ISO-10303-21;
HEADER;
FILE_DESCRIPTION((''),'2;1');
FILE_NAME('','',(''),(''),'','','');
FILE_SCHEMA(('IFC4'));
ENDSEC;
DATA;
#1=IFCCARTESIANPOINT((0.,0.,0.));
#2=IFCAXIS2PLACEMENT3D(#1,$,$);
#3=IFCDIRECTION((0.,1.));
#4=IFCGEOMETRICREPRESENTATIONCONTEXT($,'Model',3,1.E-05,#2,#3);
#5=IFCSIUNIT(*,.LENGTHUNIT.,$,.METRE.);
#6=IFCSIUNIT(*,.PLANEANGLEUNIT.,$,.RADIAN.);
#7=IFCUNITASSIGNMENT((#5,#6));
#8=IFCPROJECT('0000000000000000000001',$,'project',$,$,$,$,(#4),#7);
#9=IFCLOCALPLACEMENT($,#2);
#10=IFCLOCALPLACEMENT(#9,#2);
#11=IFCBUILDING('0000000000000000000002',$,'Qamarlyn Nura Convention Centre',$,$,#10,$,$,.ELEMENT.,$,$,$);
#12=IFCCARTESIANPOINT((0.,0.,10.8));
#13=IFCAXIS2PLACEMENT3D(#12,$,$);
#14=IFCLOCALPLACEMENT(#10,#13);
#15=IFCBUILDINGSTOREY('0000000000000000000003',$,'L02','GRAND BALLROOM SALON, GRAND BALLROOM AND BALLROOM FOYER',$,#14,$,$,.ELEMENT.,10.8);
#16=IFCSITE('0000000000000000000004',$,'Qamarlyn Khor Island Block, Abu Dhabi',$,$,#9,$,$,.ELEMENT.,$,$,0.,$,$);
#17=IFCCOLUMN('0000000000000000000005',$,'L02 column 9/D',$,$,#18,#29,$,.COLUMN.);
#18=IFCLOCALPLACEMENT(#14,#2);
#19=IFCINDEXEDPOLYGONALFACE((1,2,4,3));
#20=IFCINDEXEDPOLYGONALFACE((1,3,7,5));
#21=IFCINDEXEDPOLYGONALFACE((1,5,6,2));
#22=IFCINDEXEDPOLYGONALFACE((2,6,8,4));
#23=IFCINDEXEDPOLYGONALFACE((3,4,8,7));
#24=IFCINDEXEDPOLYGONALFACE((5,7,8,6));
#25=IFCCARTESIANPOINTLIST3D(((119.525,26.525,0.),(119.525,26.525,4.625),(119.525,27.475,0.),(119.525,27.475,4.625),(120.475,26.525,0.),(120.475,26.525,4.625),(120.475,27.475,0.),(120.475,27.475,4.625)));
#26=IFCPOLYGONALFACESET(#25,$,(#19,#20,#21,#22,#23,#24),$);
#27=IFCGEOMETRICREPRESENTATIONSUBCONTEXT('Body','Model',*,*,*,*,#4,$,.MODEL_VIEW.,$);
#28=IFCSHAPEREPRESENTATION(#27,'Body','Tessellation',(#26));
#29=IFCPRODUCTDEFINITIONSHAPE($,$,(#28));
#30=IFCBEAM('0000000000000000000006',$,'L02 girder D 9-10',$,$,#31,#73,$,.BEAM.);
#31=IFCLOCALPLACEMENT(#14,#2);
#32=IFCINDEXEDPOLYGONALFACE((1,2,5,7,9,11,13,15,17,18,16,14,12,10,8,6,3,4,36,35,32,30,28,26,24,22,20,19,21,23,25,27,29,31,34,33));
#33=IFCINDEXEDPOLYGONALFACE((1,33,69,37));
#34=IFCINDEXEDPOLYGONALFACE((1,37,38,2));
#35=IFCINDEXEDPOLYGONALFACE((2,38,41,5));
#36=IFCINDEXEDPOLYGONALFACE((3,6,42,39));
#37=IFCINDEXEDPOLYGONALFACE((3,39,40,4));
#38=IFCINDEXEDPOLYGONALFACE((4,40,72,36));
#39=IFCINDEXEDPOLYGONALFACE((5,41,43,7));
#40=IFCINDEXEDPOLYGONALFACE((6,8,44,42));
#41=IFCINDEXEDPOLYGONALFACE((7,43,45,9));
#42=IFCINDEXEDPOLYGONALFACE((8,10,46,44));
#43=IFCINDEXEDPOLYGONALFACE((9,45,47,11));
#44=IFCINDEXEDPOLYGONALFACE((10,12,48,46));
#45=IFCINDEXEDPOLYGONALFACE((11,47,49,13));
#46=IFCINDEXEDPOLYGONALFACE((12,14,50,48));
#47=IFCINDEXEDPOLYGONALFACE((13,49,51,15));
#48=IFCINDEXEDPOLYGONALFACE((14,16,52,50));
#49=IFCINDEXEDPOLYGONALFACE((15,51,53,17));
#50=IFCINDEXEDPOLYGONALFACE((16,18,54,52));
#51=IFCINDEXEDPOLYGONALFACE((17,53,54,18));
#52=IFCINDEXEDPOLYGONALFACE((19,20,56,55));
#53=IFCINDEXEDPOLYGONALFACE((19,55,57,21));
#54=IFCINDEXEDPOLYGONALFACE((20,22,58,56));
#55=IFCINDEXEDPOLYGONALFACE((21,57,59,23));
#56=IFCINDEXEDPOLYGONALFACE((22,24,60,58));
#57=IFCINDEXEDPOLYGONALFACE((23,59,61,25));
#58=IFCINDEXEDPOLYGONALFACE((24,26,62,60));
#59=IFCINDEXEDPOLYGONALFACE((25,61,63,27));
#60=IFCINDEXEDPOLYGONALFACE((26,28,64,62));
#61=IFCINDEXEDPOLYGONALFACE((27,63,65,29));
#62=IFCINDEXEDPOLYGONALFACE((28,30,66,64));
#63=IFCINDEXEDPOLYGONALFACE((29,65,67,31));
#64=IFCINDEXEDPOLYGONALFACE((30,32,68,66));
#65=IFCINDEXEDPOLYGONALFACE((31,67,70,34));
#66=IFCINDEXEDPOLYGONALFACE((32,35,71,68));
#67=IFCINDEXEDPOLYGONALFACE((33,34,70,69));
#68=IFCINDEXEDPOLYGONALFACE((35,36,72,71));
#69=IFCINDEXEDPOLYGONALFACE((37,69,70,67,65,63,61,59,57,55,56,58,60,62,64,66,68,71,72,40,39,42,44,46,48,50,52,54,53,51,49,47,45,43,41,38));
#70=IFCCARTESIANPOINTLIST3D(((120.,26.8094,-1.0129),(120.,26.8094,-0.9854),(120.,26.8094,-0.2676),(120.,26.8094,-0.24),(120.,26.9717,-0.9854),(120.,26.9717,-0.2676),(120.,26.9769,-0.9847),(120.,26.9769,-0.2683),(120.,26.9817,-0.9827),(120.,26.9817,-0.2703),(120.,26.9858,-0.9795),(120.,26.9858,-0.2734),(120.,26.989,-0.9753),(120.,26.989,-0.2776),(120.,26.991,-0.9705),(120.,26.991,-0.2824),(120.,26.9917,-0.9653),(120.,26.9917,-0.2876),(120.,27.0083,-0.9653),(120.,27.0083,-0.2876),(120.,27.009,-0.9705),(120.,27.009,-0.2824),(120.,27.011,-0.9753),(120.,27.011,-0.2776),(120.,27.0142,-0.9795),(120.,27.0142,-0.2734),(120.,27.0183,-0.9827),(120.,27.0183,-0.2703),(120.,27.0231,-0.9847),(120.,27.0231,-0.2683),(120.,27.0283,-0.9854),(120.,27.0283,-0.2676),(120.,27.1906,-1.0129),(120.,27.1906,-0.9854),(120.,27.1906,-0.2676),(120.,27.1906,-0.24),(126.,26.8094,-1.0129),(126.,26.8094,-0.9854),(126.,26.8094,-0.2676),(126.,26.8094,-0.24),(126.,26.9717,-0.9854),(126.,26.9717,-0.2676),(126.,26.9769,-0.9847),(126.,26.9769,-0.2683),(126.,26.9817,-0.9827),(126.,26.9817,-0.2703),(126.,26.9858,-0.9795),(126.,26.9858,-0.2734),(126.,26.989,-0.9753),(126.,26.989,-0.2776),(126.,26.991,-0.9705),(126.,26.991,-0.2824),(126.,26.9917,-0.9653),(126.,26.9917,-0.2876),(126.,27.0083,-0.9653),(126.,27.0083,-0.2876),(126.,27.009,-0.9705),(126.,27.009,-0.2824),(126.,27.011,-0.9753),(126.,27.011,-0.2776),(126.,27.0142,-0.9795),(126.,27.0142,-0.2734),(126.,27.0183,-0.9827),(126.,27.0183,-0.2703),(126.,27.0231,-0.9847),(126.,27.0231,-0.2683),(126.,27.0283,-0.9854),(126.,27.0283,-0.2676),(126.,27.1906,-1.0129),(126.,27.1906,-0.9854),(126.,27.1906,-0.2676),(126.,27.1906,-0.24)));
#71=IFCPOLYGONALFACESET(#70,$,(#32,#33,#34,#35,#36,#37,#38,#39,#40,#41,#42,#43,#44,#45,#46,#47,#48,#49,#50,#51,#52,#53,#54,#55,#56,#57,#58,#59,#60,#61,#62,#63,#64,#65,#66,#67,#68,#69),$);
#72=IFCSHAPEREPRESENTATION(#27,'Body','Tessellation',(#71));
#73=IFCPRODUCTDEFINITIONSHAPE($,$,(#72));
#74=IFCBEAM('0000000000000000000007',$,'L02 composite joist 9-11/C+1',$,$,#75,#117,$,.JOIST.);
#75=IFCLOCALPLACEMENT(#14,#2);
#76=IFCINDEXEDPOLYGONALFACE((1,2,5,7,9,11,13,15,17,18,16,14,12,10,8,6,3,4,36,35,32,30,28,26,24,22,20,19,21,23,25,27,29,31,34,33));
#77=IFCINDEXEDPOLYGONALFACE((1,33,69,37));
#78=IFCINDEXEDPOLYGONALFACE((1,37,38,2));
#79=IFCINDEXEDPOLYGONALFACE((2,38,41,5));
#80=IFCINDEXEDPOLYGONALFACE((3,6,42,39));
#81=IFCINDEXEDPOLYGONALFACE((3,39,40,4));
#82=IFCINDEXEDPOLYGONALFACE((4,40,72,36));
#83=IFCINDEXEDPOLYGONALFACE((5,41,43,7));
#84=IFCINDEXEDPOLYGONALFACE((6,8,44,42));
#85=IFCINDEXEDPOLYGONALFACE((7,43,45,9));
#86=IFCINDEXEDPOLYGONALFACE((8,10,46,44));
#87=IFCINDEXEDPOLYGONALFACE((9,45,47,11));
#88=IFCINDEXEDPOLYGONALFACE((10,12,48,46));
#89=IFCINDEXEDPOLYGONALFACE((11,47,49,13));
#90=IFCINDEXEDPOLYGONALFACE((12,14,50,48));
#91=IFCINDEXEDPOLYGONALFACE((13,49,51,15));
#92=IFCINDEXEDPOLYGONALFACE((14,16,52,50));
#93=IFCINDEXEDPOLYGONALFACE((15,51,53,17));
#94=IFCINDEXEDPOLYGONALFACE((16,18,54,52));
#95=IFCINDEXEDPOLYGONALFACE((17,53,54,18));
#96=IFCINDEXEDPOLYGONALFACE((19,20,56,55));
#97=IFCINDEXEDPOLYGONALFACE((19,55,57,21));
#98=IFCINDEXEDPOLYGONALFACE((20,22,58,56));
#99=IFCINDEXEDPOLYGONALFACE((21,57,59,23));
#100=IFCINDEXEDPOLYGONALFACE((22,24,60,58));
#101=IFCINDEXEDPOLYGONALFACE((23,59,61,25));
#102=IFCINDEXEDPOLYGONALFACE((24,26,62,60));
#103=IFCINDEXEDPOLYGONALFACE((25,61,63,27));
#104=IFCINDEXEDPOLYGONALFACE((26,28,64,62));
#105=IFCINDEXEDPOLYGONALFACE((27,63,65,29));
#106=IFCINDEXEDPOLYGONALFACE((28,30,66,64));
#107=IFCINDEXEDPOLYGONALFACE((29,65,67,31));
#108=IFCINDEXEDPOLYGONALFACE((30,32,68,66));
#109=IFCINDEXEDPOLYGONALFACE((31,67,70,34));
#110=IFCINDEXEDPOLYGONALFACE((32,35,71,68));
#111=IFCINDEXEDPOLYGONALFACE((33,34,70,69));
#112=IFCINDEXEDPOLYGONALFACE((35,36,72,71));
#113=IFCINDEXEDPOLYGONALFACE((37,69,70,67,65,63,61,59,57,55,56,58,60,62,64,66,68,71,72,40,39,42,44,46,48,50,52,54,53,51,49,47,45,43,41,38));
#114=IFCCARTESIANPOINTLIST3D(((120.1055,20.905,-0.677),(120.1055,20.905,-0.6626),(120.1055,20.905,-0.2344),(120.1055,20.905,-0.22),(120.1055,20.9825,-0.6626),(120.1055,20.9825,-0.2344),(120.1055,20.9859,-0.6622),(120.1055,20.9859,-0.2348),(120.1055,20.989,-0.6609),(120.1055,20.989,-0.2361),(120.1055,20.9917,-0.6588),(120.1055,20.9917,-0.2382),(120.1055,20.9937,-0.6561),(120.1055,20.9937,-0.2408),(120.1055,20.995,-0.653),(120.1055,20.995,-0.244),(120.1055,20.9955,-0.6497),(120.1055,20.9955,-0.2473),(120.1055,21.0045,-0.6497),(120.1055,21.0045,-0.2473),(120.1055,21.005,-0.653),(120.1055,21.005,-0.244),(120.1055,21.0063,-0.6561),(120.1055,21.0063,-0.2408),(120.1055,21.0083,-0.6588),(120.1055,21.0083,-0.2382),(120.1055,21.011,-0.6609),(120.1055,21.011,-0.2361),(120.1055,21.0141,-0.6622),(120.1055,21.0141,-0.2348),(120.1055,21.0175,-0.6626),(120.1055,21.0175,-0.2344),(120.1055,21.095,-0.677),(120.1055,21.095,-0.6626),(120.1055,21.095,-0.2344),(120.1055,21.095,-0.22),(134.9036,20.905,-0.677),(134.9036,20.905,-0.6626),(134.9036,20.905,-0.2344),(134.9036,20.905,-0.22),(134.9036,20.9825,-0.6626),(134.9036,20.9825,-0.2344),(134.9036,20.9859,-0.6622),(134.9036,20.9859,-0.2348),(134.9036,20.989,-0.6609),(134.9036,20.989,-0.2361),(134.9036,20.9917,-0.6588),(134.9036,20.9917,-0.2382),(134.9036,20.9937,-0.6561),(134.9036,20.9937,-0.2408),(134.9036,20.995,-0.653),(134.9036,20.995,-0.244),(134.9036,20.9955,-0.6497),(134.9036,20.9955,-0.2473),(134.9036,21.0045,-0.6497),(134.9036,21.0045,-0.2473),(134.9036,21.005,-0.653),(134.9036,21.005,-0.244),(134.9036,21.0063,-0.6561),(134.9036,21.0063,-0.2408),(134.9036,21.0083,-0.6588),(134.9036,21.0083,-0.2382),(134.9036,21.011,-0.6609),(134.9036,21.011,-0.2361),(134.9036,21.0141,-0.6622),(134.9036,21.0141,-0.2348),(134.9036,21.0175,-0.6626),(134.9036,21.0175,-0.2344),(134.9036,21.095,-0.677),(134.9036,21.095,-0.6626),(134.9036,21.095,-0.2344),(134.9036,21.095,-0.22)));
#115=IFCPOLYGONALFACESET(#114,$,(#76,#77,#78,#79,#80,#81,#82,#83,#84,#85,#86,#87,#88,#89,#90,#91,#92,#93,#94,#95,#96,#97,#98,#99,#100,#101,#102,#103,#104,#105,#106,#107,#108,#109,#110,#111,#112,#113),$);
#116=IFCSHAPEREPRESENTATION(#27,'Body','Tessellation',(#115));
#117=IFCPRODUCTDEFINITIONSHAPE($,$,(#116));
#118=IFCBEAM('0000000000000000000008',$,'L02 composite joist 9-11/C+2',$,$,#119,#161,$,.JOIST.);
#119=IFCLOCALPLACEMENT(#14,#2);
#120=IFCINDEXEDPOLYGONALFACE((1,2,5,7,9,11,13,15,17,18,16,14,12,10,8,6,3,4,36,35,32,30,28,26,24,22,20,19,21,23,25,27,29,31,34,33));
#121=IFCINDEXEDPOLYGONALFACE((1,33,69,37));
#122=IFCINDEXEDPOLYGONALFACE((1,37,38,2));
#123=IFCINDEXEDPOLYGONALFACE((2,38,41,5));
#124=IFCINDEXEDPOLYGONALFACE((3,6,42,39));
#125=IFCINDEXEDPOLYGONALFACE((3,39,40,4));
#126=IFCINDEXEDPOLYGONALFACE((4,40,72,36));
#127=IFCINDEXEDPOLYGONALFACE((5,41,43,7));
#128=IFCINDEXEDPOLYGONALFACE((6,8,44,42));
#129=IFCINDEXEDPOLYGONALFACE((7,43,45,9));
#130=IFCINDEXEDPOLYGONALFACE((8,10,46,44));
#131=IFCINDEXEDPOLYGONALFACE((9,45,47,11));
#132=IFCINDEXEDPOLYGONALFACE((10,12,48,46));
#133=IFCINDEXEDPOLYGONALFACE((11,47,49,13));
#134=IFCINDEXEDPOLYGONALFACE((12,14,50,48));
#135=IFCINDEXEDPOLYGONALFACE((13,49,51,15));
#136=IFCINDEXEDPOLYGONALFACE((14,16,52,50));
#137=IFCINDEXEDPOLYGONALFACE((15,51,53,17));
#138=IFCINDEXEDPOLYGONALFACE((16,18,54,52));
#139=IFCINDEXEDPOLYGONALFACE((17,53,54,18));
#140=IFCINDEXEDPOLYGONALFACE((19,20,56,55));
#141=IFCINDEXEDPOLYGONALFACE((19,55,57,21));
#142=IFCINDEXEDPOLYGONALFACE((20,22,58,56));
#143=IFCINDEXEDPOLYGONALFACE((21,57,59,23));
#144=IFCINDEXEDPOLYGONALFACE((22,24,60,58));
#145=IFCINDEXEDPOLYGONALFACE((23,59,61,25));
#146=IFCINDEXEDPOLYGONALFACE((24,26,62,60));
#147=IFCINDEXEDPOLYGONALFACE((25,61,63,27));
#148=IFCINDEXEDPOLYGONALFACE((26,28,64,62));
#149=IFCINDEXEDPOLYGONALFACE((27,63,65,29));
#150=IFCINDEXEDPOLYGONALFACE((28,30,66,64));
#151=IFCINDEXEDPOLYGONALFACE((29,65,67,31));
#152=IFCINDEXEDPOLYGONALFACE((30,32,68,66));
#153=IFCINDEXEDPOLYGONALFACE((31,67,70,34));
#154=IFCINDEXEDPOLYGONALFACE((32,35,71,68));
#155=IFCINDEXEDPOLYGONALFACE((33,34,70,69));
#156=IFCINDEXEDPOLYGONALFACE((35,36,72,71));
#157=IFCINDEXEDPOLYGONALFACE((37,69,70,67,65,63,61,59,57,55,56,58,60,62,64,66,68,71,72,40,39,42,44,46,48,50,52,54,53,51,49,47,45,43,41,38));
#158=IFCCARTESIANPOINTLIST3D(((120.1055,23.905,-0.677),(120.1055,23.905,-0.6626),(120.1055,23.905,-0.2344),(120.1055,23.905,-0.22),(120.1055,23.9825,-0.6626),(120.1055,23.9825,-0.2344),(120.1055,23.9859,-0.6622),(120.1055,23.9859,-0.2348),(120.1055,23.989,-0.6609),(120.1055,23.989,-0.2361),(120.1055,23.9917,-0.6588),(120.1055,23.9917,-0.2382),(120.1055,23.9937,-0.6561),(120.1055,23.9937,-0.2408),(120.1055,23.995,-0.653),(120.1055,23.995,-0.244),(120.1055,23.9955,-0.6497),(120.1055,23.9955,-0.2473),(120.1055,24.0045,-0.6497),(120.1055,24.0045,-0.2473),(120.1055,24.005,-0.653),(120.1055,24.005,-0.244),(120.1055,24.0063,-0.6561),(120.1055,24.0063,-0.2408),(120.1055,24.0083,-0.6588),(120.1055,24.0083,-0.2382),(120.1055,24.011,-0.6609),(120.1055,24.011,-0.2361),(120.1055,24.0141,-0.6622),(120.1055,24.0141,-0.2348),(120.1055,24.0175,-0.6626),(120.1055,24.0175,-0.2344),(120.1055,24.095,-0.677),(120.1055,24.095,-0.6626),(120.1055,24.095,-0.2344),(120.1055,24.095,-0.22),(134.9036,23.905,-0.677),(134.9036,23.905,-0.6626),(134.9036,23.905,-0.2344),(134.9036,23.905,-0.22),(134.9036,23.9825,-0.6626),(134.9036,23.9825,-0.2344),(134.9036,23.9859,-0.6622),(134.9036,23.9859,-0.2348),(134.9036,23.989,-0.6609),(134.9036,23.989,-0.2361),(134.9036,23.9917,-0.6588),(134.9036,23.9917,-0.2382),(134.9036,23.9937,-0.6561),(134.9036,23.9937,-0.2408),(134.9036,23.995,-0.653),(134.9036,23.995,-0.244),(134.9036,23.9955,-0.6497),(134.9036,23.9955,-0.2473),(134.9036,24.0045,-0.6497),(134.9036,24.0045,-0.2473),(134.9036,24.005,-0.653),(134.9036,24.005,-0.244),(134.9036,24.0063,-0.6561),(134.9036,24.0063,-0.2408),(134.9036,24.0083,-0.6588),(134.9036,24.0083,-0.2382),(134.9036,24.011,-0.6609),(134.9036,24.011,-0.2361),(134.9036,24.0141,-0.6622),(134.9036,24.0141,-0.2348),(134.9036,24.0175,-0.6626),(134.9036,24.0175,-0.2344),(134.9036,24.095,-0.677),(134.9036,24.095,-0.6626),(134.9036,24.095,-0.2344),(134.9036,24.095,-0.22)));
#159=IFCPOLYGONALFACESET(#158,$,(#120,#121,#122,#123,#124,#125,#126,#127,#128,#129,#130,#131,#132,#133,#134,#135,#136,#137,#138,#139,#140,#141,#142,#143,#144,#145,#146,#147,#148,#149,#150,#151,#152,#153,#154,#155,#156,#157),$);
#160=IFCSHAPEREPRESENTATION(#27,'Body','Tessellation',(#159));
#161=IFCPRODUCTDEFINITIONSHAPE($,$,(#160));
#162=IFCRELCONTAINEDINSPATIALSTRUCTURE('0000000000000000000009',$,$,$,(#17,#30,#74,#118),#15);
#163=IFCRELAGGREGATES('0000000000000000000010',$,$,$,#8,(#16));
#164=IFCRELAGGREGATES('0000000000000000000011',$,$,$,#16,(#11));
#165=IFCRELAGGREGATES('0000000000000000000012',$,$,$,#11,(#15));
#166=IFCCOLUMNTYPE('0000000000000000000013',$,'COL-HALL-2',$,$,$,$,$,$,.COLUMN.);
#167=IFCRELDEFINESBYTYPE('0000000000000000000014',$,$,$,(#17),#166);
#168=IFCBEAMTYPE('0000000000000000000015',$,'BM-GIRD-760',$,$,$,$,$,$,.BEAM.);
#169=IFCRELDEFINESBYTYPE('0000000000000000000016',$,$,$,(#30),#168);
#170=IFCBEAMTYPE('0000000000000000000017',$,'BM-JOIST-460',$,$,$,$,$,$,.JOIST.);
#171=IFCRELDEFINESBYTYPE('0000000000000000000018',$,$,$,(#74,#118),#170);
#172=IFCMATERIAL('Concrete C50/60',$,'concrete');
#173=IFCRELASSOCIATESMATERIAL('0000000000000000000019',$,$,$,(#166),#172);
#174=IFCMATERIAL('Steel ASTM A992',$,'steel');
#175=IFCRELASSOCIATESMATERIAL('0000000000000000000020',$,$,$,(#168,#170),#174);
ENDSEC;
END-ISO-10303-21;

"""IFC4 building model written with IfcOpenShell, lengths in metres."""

from ifc_helpers import new_model, si_unit, direction, frame, origin, origin_2d, place, context, subcontext, project, spatial, rectangle, i_section, extrude, material, material_profile, profile_set, type_object, element, save


model = new_model("IFC4")

# Units and contexts
model_context = context("Model", 3, precision=1e-05, world=origin(), true_north=direction((0.0, 1.0)))
body_context = subcontext(model_context, "Body", "Model", "MODEL_VIEW")
ifc_project = project(units=[si_unit("LENGTHUNIT", "METRE"), si_unit("PLANEANGLEUNIT", "RADIAN")], contexts=[model_context])

# Site, building, storey
site_placement = place(None, origin())
site = spatial("IfcSite", under=ifc_project, at=site_placement, Name="Qamarlyn Khor Island Block, Abu Dhabi", CompositionType="ELEMENT", RefElevation=0.0)
building_placement = place(site_placement, origin())
building = spatial("IfcBuilding", under=site, at=building_placement, Name="Qamarlyn Nura Convention Centre", CompositionType="ELEMENT")
storey_placement = place(building_placement, frame((0.0, 0.0, 10.8)))
storey = spatial("IfcBuildingStorey", under=building, at=storey_placement, Name="L02", Description="GRAND BALLROOM SALON, GRAND BALLROOM AND BALLROOM FOYER", CompositionType="ELEMENT", Elevation=10.8)

# Column
ifc_material_1 = material(Name="Concrete C50/60", Category="concrete")
ifc_material_profile_1 = material_profile(ifc_material_1, rectangle(XDim=0.95, YDim=0.95, at=origin_2d()), Name="RC 950x950")
ifc_profile_set_1 = profile_set([ifc_material_profile_1], Name="Concrete C50/60")
column_type = type_object("IfcColumnType", Name="COL-HALL-2", PredefinedType="COLUMN", material=ifc_profile_set_1)
column_placement = place(storey_placement, frame((120.0, 27.0, 0.0), z_axis=(0.0, 0.0, 1.0), x_axis=(1.0, 0.0, 0.0)))
element("IfcColumn", 1, at=column_placement, inside=storey, type_object=column_type, Name="L02 column 9/D", PredefinedType="COLUMN", context=body_context, shape_type="SweptSolid", body=[
    extrude(rectangle(XDim=0.95, YDim=0.95, at=origin_2d()), origin(), (0.0, 0.0, 1.0), 4.625),
])

# Beams
ifc_material_2 = material(Name="Steel ASTM A992", Category="steel")
ifc_material_profile_2 = material_profile(ifc_material_2, i_section(OverallWidth=0.3811, OverallDepth=0.7729, WebThickness=0.0166, FlangeThickness=0.0276, FilletRadius=0.02, at=origin_2d()), Name="W760X257")
ifc_profile_set_2 = profile_set([ifc_material_profile_2], Name="Steel ASTM A992")
beam_type_1 = type_object("IfcBeamType", Name="BM-GIRD-760", PredefinedType="BEAM", material=ifc_profile_set_2)
beam_1_placement = place(storey_placement, frame((120.0, 27.0, -0.6265), z_axis=(1.0, 0.0, 0.0), x_axis=(0.0, 1.0, 0.0)))
element("IfcBeam", 2, at=beam_1_placement, inside=storey, type_object=beam_type_1, Name="L02 girder D 9-10", PredefinedType="BEAM", context=body_context, shape_type="SweptSolid", body=[
    extrude(i_section(OverallWidth=0.3811, OverallDepth=0.7729, WebThickness=0.0166, FlangeThickness=0.0276, FilletRadius=0.02, at=origin_2d()), origin(), (0.0, 0.0, 1.0), 6.0),
])
ifc_material_profile_3 = material_profile(ifc_material_2, i_section(OverallWidth=0.1899, OverallDepth=0.457, WebThickness=0.009, FlangeThickness=0.0144, FilletRadius=0.0129, at=origin_2d()), Name="W460X74")
ifc_profile_set_3 = profile_set([ifc_material_profile_3], Name="Steel ASTM A992")
beam_type_2 = type_object("IfcBeamType", Name="BM-JOIST-460", PredefinedType="JOIST", material=ifc_profile_set_3)
for number, where, z_axis, x_axis, name in (
    (3, (120.1055, 21.0, -0.4485), (1.0, 0.0, 0.0), (0.0, 1.0, 0.0), "L02 composite joist 9-11/C+1"),
    (4, (120.1055, 24.0, -0.4485), (1.0, 0.0, 0.0), (0.0, 1.0, 0.0), "L02 composite joist 9-11/C+2"),
):
    element("IfcBeam", number, at=place(storey_placement, frame(where, z_axis=z_axis, x_axis=x_axis)), inside=storey, type_object=beam_type_2, Name=name, PredefinedType="JOIST", context=body_context, shape_type="SweptSolid", body=[
        extrude(i_section(OverallWidth=0.1899, OverallDepth=0.457, WebThickness=0.009, FlangeThickness=0.0144, FilletRadius=0.0129, at=origin_2d()), origin(), (0.0, 0.0, 1.0), 14.7981),
    ])

save(model, "model.ifc")
